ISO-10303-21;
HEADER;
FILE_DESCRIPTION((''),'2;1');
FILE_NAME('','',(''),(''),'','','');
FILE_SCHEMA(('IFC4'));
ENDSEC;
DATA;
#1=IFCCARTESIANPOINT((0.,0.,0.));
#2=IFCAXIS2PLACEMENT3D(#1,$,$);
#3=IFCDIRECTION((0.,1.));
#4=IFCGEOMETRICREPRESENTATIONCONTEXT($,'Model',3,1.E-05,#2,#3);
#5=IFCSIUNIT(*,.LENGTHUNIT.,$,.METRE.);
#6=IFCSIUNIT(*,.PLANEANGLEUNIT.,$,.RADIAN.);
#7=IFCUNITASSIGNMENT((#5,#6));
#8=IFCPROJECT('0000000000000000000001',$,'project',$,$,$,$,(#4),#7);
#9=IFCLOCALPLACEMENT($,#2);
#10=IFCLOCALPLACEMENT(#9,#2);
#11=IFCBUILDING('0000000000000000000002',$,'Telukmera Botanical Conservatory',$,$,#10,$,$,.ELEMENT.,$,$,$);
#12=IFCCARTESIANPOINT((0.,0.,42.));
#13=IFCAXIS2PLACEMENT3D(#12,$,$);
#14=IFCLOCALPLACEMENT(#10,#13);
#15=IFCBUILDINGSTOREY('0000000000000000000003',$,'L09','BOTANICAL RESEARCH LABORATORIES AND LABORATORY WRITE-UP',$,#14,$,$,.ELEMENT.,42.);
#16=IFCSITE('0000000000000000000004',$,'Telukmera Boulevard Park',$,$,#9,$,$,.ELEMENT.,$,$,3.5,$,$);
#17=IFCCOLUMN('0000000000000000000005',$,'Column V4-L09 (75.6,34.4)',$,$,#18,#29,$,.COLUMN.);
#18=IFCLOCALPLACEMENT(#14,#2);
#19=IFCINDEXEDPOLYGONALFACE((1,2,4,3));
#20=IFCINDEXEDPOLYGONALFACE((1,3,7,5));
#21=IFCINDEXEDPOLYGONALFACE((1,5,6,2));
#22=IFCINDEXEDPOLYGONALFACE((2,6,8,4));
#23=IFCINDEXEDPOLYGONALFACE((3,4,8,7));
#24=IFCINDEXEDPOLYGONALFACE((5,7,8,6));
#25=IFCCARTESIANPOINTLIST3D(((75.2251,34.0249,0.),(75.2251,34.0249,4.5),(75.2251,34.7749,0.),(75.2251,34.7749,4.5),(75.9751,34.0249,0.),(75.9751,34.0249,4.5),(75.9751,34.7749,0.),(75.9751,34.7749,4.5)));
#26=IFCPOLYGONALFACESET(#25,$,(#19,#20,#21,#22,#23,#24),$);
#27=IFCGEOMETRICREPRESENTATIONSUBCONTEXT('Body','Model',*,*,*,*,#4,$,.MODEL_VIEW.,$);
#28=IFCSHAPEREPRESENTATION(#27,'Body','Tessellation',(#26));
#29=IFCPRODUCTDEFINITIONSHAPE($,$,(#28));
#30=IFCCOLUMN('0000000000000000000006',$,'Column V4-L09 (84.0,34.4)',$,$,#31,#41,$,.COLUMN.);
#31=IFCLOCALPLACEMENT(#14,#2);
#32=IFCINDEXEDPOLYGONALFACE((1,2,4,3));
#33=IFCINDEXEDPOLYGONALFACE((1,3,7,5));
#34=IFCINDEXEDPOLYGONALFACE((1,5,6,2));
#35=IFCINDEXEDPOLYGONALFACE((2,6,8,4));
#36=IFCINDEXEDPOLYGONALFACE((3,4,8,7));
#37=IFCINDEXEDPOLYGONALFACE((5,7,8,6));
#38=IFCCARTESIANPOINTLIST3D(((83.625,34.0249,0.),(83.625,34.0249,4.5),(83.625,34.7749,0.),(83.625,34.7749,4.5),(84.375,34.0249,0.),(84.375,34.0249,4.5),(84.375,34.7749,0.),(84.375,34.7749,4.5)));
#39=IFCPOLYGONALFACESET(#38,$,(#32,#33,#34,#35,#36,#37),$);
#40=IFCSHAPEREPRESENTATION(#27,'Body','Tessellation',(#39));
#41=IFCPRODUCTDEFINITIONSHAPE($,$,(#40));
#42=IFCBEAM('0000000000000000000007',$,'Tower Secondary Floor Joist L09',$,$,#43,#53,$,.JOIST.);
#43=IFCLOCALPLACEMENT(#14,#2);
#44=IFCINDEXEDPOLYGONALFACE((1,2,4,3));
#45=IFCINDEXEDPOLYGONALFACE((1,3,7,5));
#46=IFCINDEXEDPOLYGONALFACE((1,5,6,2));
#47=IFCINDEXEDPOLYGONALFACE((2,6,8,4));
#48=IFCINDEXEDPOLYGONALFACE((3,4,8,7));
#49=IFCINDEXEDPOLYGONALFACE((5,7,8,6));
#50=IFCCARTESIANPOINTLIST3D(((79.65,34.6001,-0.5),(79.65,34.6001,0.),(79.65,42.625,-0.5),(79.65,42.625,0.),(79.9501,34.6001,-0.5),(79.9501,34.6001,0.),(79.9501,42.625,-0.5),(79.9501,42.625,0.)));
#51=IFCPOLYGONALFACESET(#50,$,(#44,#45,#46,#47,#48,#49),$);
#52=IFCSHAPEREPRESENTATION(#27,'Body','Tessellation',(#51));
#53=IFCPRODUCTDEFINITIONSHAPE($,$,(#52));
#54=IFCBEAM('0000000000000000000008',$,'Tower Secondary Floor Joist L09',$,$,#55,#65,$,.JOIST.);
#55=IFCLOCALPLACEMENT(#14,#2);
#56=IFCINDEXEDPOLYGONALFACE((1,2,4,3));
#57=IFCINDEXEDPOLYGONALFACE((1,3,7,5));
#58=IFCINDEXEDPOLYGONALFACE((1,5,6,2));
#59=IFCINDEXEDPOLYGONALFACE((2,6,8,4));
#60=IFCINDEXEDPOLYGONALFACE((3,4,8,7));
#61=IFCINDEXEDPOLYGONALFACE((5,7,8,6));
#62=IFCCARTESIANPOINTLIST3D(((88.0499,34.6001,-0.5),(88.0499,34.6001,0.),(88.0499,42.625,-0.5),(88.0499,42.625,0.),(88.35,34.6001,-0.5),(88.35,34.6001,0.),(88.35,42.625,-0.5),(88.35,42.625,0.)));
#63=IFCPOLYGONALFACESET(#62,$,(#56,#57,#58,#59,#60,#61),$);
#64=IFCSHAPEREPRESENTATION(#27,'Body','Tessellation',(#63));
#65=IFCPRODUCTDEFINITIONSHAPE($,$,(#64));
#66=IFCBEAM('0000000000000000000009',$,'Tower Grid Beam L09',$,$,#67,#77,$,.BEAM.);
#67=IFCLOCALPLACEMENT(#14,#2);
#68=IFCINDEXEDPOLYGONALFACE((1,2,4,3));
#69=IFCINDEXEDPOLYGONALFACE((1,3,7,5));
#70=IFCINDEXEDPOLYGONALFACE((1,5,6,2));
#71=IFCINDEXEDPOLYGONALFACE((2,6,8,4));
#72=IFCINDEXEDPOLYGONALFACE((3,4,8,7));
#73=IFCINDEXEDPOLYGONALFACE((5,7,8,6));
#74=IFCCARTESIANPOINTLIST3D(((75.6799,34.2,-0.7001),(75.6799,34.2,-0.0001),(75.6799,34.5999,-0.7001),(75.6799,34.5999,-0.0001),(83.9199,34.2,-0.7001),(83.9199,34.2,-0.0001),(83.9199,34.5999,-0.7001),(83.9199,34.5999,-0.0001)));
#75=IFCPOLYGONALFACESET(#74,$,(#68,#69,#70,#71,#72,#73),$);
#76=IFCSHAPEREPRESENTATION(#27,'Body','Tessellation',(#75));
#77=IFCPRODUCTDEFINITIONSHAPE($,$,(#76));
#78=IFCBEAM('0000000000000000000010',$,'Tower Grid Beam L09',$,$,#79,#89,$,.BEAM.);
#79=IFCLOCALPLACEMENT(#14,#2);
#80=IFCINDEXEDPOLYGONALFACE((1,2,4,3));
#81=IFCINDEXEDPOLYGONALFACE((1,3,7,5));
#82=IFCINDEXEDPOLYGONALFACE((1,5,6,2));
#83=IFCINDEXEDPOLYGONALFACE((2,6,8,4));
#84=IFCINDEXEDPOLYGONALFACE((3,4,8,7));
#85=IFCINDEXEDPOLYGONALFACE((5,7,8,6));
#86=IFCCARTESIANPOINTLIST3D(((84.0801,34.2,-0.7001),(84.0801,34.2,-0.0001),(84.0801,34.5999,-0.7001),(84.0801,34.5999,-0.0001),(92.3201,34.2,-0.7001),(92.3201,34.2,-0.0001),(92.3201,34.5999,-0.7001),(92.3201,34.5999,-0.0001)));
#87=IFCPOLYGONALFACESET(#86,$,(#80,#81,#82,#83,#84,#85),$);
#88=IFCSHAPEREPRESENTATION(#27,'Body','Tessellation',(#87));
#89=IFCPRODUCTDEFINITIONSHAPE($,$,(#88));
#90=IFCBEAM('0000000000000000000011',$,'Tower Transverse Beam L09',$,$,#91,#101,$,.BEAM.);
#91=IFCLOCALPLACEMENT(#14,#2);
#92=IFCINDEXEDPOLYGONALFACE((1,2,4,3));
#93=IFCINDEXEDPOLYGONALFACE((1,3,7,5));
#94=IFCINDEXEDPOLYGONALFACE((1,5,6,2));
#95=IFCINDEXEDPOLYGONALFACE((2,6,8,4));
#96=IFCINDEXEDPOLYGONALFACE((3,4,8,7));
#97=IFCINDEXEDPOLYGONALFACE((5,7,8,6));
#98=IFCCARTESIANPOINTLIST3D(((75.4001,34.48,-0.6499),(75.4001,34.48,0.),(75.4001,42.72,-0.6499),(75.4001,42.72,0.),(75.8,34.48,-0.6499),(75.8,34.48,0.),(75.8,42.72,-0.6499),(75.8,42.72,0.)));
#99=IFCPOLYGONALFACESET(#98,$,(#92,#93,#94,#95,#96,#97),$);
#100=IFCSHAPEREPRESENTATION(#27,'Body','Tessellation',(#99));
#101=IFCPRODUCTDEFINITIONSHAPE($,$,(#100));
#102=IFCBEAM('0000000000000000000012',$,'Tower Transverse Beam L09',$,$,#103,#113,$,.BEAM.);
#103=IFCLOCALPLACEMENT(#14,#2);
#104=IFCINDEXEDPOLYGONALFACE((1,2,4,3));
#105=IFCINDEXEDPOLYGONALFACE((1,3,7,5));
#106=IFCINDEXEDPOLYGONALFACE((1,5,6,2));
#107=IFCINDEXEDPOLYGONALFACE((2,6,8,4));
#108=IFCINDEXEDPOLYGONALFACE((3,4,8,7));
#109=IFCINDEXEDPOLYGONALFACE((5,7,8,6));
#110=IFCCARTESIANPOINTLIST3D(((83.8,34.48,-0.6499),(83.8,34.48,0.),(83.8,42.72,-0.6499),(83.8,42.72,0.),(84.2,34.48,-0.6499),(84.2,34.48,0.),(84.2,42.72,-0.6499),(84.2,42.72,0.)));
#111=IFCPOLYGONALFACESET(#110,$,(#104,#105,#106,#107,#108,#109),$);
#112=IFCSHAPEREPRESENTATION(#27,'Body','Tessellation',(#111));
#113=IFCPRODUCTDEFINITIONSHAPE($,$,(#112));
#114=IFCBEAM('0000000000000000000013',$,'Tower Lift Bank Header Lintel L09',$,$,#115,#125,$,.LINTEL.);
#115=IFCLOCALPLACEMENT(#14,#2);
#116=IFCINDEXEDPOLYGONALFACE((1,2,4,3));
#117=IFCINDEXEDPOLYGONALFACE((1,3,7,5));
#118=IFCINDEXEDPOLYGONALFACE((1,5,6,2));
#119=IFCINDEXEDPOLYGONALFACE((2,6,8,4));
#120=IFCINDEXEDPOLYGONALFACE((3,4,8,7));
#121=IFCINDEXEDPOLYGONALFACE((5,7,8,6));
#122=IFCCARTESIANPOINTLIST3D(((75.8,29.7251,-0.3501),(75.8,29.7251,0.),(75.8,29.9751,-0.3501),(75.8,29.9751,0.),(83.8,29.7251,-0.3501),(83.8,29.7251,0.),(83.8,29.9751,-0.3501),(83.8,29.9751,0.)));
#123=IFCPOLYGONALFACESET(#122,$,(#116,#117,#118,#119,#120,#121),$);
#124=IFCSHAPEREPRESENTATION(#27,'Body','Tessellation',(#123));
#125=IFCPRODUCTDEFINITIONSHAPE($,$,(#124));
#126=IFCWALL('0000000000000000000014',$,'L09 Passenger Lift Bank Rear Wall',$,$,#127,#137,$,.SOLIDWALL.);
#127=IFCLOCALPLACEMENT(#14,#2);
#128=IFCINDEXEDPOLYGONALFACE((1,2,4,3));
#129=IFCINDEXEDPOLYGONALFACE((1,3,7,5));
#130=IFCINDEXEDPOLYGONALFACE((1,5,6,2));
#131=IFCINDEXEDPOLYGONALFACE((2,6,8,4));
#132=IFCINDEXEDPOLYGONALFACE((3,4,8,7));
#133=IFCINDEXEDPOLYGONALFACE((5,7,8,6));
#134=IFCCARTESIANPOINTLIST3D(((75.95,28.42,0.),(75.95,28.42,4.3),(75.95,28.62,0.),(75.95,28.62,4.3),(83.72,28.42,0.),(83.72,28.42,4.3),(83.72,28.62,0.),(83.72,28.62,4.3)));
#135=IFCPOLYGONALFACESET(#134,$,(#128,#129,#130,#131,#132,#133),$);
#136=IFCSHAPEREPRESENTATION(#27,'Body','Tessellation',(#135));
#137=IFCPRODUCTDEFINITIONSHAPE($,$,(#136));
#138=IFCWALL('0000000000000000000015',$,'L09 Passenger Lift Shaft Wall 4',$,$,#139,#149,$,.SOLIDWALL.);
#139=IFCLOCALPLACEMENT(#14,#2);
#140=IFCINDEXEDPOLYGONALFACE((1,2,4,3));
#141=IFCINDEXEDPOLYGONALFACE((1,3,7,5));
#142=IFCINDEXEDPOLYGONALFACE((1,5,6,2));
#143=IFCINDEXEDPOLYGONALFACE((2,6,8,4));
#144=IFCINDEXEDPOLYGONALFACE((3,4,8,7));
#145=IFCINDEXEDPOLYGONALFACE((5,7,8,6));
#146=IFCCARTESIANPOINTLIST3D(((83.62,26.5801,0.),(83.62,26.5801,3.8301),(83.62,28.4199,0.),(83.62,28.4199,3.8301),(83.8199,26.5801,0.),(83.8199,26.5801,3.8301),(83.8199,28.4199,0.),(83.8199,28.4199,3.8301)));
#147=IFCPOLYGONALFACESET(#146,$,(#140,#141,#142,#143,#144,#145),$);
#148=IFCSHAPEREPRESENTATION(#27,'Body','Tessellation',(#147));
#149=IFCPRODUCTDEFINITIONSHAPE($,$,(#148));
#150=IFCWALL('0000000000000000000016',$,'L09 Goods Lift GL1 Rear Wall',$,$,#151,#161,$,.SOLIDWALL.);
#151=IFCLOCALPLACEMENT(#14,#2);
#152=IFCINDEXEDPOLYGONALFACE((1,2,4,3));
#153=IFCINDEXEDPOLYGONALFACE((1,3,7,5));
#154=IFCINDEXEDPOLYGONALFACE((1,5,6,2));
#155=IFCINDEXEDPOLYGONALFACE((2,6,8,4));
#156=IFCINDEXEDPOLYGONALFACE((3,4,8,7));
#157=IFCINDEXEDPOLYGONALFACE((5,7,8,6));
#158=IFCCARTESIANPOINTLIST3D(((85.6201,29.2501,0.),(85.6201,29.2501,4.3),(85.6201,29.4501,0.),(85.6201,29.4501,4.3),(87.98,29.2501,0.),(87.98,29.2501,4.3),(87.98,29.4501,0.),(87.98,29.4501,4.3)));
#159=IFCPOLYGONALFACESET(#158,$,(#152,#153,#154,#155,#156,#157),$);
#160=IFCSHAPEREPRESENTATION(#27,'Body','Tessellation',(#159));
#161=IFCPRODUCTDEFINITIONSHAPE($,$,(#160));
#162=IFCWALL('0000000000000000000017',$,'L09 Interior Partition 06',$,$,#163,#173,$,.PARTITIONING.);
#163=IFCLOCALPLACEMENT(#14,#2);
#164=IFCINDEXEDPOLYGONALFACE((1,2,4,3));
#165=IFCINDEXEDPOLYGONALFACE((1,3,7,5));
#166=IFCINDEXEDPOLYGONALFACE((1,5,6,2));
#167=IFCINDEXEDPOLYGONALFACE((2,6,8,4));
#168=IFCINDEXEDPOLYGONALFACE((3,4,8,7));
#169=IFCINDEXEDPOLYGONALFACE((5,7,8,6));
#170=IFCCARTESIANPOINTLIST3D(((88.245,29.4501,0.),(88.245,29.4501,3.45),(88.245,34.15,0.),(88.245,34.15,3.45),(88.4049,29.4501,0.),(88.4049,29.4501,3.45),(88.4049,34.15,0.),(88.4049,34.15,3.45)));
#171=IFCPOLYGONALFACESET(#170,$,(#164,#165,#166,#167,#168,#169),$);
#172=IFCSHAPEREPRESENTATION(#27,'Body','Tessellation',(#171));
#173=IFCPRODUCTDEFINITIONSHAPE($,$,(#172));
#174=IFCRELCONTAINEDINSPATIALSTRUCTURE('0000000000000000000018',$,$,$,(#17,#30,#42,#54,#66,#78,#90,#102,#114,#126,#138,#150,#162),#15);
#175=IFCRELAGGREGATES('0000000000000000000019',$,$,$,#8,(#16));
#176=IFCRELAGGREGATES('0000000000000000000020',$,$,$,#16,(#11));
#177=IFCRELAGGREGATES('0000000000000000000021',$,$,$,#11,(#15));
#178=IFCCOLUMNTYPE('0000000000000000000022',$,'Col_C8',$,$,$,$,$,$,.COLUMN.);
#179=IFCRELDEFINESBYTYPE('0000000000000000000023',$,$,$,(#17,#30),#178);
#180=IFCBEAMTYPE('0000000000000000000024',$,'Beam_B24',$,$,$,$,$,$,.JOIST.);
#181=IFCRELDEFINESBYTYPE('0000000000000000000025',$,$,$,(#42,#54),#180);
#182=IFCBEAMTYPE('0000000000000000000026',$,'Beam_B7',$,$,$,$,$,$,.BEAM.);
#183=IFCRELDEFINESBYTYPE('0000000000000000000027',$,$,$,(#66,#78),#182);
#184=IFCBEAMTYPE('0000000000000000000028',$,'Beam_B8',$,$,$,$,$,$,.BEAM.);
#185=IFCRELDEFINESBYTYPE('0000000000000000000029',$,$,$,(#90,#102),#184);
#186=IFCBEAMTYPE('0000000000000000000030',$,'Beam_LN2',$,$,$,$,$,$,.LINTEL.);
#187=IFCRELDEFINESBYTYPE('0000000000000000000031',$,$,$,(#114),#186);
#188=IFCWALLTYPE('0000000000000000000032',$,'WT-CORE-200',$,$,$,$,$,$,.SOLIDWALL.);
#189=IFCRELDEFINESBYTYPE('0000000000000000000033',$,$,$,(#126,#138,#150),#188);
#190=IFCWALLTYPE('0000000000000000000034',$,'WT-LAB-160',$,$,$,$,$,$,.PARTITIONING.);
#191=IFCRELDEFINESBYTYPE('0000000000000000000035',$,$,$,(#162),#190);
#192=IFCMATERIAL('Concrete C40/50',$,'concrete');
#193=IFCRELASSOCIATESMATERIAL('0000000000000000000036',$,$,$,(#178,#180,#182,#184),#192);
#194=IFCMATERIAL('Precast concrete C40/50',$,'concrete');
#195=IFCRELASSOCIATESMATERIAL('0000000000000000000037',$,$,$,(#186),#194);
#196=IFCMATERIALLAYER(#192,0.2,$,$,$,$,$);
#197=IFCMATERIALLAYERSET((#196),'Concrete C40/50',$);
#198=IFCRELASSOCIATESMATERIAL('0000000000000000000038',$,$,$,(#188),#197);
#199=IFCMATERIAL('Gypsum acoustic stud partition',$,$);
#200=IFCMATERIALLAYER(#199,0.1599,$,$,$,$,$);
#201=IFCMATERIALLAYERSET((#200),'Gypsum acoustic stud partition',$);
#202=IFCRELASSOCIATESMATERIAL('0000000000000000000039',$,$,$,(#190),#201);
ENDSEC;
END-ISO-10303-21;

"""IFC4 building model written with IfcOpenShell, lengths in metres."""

from ifc_helpers import new_model, si_unit, direction, frame, frame_2d, origin, origin_2d, place, context, subcontext, project, spatial, rectangle, extrude, material, layer, layer_set, material_profile, profile_set, type_object, element, save


model = new_model("IFC4")

# Units and contexts
model_context = context("Model", 3, precision=1e-05, world=origin(), true_north=direction((0.0, 1.0)))
body_context = subcontext(model_context, "Body", "Model", "MODEL_VIEW")
ifc_project = project(units=[si_unit("LENGTHUNIT", "METRE"), si_unit("PLANEANGLEUNIT", "RADIAN")], contexts=[model_context])

# Site, building, storey
site_placement = place(None, origin())
site = spatial("IfcSite", under=ifc_project, at=site_placement, Name="Telukmera Boulevard Park", CompositionType="ELEMENT", RefElevation=3.5)
building_placement = place(site_placement, origin())
building = spatial("IfcBuilding", under=site, at=building_placement, Name="Telukmera Botanical Conservatory", CompositionType="ELEMENT")
storey_placement = place(building_placement, frame((0.0, 0.0, 42.0)))
storey = spatial("IfcBuildingStorey", under=building, at=storey_placement, Name="L09", Description="BOTANICAL RESEARCH LABORATORIES AND LABORATORY WRITE-UP", CompositionType="ELEMENT", Elevation=42.0)

# Columns
ifc_material_1 = material(Name="Concrete C40/50", Category="concrete")
ifc_material_profile_1 = material_profile(ifc_material_1, rectangle(XDim=0.75, YDim=0.75, at=origin_2d()), Name="RC 750x750")
ifc_profile_set_1 = profile_set([ifc_material_profile_1], Name="Concrete C40/50")
column_type = type_object("IfcColumnType", Name="Col_C8", PredefinedType="COLUMN", material=ifc_profile_set_1)
for number, where, z_axis, x_axis, name in (
    (1, (75.6001, 34.3999, 0.0), (0.0, 0.0, 1.0), (1.0, 0.0, 0.0), "Column V4-L09 (75.6,34.4)"),
    (2, (84.0, 34.3999, 0.0), (0.0, 0.0, 1.0), (1.0, 0.0, 0.0), "Column V4-L09 (84.0,34.4)"),
):
    element("IfcColumn", number, at=place(storey_placement, frame(where, z_axis=z_axis, x_axis=x_axis)), inside=storey, type_object=column_type, Name=name, PredefinedType="COLUMN", context=body_context, shape_type="SweptSolid", body=[
        extrude(rectangle(XDim=0.75, YDim=0.75, at=origin_2d()), origin(), (0.0, 0.0, 1.0), 4.5),
    ])

# Beams
ifc_material_profile_2 = material_profile(ifc_material_1, rectangle(XDim=0.3, YDim=0.5, at=origin_2d()), Name="RC 300x500")
ifc_profile_set_2 = profile_set([ifc_material_profile_2], Name="Concrete C40/50")
beam_type_1 = type_object("IfcBeamType", Name="Beam_B24", PredefinedType="JOIST", material=ifc_profile_set_2)
for number, where, z_axis, x_axis, name in (
    (3, (79.8, 34.6001, -0.25), (0.0, 1.0, 0.0), (-1.0, 0.0, 0.0), "Tower Secondary Floor Joist L09"),
    (4, (88.2, 34.6001, -0.25), (0.0, 1.0, 0.0), (-1.0, 0.0, 0.0), "Tower Secondary Floor Joist L09"),
):
    element("IfcBeam", number, at=place(storey_placement, frame(where, z_axis=z_axis, x_axis=x_axis)), inside=storey, type_object=beam_type_1, Name=name, PredefinedType="JOIST", context=body_context, shape_type="SweptSolid", body=[
        extrude(rectangle(XDim=0.3, YDim=0.5, at=origin_2d()), origin(), (0.0, 0.0, 1.0), 8.0249),
    ])
ifc_material_profile_3 = material_profile(ifc_material_1, rectangle(XDim=0.3999, YDim=0.7, at=origin_2d()), Name="RC 400x700")
ifc_profile_set_3 = profile_set([ifc_material_profile_3], Name="Concrete C40/50")
beam_type_2 = type_object("IfcBeamType", Name="Beam_B7", PredefinedType="BEAM", material=ifc_profile_set_3)
for number, where, z_axis, x_axis, name in (
    (5, (75.6799, 34.3999, -0.3501), (1.0, 0.0, 0.0), (0.0, 1.0, 0.0), "Tower Grid Beam L09"),
    (6, (84.0801, 34.3999, -0.3501), (1.0, 0.0, 0.0), (0.0, 1.0, 0.0), "Tower Grid Beam L09"),
):
    element("IfcBeam", number, at=place(storey_placement, frame(where, z_axis=z_axis, x_axis=x_axis)), inside=storey, type_object=beam_type_2, Name=name, PredefinedType="BEAM", context=body_context, shape_type="SweptSolid", body=[
        extrude(rectangle(XDim=0.3999, YDim=0.7, at=origin_2d()), origin(), (0.0, 0.0, 1.0), 8.24),
    ])
ifc_material_profile_4 = material_profile(ifc_material_1, rectangle(XDim=0.3999, YDim=0.6499, at=origin_2d()), Name="RC 400x650")
ifc_profile_set_4 = profile_set([ifc_material_profile_4], Name="Concrete C40/50")
beam_type_3 = type_object("IfcBeamType", Name="Beam_B8", PredefinedType="BEAM", material=ifc_profile_set_4)
for number, where, z_axis, x_axis, name in (
    (7, (75.6001, 34.48, -0.325), (0.0, 1.0, 0.0), (-1.0, 0.0, 0.0), "Tower Transverse Beam L09"),
    (8, (84.0, 34.48, -0.325), (0.0, 1.0, 0.0), (-1.0, 0.0, 0.0), "Tower Transverse Beam L09"),
):
    element("IfcBeam", number, at=place(storey_placement, frame(where, z_axis=z_axis, x_axis=x_axis)), inside=storey, type_object=beam_type_3, Name=name, PredefinedType="BEAM", context=body_context, shape_type="SweptSolid", body=[
        extrude(rectangle(XDim=0.3999, YDim=0.6499, at=origin_2d()), origin(), (0.0, 0.0, 1.0), 8.24),
    ])
ifc_material_2 = material(Name="Precast concrete C40/50", Category="concrete")
ifc_material_profile_5 = material_profile(ifc_material_2, rectangle(XDim=0.25, YDim=0.3501, at=origin_2d()), Name="PC 250x350")
ifc_profile_set_5 = profile_set([ifc_material_profile_5], Name="Precast concrete C40/50")
beam_type_4 = type_object("IfcBeamType", Name="Beam_LN2", PredefinedType="LINTEL", material=ifc_profile_set_5)
beam_placement = place(storey_placement, frame((75.8, 29.8501, -0.175), z_axis=(1.0, 0.0, 0.0), x_axis=(0.0, 1.0, 0.0)))
element("IfcBeam", 9, at=beam_placement, inside=storey, type_object=beam_type_4, Name="Tower Lift Bank Header Lintel L09", PredefinedType="LINTEL", context=body_context, shape_type="SweptSolid", body=[
    extrude(rectangle(XDim=0.25, YDim=0.3501, at=origin_2d()), origin(), (0.0, 0.0, 1.0), 8.0),
])

# Walls
ifc_layer_1 = layer(ifc_material_1, 0.2)
ifc_layer_set_1 = layer_set([ifc_layer_1], Name="Concrete C40/50")
wall_type_1 = type_object("IfcWallType", Name="WT-CORE-200", PredefinedType="SOLIDWALL", material=ifc_layer_set_1)
wall_1_placement = place(storey_placement, frame((75.95, 28.52, 0.0), z_axis=(0.0, 0.0, 1.0), x_axis=(1.0, 0.0, 0.0)))
element("IfcWall", 10, at=wall_1_placement, inside=storey, type_object=wall_type_1, Name="L09 Passenger Lift Bank Rear Wall", PredefinedType="SOLIDWALL", context=body_context, shape_type="SweptSolid", body=[
    extrude(rectangle(XDim=7.77, YDim=0.2, at=frame_2d((3.885, 0.0))), origin(), (0.0, 0.0, 1.0), 4.3),
])
wall_2_placement = place(storey_placement, frame((83.72, 26.5801, 0.0), z_axis=(0.0, 0.0, 1.0), x_axis=(0.0, 1.0, 0.0)))
element("IfcWall", 11, at=wall_2_placement, inside=storey, type_object=wall_type_1, Name="L09 Passenger Lift Shaft Wall 4", PredefinedType="SOLIDWALL", context=body_context, shape_type="SweptSolid", body=[
    extrude(rectangle(XDim=1.8398, YDim=0.2, at=frame_2d((0.9199, 0.0))), origin(), (0.0, 0.0, 1.0), 3.8301),
])
wall_3_placement = place(storey_placement, frame((85.6201, 29.3501, 0.0), z_axis=(0.0, 0.0, 1.0), x_axis=(1.0, 0.0, 0.0)))
element("IfcWall", 12, at=wall_3_placement, inside=storey, type_object=wall_type_1, Name="L09 Goods Lift GL1 Rear Wall", PredefinedType="SOLIDWALL", context=body_context, shape_type="SweptSolid", body=[
    extrude(rectangle(XDim=2.3599, YDim=0.2, at=frame_2d((1.1799, 0.0))), origin(), (0.0, 0.0, 1.0), 4.3),
])
ifc_material_3 = material(Name="Gypsum acoustic stud partition")
ifc_layer_2 = layer(ifc_material_3, 0.1599)
ifc_layer_set_2 = layer_set([ifc_layer_2], Name="Gypsum acoustic stud partition")
wall_type_2 = type_object("IfcWallType", Name="WT-LAB-160", PredefinedType="PARTITIONING", material=ifc_layer_set_2)
wall_4_placement = place(storey_placement, frame((88.325, 29.45, 0.0), z_axis=(0.0, 0.0, 1.0), x_axis=(0.0, 1.0, 0.0)))
element("IfcWall", 13, at=wall_4_placement, inside=storey, type_object=wall_type_2, Name="L09 Interior Partition 06", PredefinedType="PARTITIONING", context=body_context, shape_type="SweptSolid", body=[
    extrude(rectangle(XDim=4.7, YDim=0.1599, at=frame_2d((2.3501, 0.0))), origin(), (0.0, 0.0, 1.0), 3.45),
])

save(model, "model.ifc")
